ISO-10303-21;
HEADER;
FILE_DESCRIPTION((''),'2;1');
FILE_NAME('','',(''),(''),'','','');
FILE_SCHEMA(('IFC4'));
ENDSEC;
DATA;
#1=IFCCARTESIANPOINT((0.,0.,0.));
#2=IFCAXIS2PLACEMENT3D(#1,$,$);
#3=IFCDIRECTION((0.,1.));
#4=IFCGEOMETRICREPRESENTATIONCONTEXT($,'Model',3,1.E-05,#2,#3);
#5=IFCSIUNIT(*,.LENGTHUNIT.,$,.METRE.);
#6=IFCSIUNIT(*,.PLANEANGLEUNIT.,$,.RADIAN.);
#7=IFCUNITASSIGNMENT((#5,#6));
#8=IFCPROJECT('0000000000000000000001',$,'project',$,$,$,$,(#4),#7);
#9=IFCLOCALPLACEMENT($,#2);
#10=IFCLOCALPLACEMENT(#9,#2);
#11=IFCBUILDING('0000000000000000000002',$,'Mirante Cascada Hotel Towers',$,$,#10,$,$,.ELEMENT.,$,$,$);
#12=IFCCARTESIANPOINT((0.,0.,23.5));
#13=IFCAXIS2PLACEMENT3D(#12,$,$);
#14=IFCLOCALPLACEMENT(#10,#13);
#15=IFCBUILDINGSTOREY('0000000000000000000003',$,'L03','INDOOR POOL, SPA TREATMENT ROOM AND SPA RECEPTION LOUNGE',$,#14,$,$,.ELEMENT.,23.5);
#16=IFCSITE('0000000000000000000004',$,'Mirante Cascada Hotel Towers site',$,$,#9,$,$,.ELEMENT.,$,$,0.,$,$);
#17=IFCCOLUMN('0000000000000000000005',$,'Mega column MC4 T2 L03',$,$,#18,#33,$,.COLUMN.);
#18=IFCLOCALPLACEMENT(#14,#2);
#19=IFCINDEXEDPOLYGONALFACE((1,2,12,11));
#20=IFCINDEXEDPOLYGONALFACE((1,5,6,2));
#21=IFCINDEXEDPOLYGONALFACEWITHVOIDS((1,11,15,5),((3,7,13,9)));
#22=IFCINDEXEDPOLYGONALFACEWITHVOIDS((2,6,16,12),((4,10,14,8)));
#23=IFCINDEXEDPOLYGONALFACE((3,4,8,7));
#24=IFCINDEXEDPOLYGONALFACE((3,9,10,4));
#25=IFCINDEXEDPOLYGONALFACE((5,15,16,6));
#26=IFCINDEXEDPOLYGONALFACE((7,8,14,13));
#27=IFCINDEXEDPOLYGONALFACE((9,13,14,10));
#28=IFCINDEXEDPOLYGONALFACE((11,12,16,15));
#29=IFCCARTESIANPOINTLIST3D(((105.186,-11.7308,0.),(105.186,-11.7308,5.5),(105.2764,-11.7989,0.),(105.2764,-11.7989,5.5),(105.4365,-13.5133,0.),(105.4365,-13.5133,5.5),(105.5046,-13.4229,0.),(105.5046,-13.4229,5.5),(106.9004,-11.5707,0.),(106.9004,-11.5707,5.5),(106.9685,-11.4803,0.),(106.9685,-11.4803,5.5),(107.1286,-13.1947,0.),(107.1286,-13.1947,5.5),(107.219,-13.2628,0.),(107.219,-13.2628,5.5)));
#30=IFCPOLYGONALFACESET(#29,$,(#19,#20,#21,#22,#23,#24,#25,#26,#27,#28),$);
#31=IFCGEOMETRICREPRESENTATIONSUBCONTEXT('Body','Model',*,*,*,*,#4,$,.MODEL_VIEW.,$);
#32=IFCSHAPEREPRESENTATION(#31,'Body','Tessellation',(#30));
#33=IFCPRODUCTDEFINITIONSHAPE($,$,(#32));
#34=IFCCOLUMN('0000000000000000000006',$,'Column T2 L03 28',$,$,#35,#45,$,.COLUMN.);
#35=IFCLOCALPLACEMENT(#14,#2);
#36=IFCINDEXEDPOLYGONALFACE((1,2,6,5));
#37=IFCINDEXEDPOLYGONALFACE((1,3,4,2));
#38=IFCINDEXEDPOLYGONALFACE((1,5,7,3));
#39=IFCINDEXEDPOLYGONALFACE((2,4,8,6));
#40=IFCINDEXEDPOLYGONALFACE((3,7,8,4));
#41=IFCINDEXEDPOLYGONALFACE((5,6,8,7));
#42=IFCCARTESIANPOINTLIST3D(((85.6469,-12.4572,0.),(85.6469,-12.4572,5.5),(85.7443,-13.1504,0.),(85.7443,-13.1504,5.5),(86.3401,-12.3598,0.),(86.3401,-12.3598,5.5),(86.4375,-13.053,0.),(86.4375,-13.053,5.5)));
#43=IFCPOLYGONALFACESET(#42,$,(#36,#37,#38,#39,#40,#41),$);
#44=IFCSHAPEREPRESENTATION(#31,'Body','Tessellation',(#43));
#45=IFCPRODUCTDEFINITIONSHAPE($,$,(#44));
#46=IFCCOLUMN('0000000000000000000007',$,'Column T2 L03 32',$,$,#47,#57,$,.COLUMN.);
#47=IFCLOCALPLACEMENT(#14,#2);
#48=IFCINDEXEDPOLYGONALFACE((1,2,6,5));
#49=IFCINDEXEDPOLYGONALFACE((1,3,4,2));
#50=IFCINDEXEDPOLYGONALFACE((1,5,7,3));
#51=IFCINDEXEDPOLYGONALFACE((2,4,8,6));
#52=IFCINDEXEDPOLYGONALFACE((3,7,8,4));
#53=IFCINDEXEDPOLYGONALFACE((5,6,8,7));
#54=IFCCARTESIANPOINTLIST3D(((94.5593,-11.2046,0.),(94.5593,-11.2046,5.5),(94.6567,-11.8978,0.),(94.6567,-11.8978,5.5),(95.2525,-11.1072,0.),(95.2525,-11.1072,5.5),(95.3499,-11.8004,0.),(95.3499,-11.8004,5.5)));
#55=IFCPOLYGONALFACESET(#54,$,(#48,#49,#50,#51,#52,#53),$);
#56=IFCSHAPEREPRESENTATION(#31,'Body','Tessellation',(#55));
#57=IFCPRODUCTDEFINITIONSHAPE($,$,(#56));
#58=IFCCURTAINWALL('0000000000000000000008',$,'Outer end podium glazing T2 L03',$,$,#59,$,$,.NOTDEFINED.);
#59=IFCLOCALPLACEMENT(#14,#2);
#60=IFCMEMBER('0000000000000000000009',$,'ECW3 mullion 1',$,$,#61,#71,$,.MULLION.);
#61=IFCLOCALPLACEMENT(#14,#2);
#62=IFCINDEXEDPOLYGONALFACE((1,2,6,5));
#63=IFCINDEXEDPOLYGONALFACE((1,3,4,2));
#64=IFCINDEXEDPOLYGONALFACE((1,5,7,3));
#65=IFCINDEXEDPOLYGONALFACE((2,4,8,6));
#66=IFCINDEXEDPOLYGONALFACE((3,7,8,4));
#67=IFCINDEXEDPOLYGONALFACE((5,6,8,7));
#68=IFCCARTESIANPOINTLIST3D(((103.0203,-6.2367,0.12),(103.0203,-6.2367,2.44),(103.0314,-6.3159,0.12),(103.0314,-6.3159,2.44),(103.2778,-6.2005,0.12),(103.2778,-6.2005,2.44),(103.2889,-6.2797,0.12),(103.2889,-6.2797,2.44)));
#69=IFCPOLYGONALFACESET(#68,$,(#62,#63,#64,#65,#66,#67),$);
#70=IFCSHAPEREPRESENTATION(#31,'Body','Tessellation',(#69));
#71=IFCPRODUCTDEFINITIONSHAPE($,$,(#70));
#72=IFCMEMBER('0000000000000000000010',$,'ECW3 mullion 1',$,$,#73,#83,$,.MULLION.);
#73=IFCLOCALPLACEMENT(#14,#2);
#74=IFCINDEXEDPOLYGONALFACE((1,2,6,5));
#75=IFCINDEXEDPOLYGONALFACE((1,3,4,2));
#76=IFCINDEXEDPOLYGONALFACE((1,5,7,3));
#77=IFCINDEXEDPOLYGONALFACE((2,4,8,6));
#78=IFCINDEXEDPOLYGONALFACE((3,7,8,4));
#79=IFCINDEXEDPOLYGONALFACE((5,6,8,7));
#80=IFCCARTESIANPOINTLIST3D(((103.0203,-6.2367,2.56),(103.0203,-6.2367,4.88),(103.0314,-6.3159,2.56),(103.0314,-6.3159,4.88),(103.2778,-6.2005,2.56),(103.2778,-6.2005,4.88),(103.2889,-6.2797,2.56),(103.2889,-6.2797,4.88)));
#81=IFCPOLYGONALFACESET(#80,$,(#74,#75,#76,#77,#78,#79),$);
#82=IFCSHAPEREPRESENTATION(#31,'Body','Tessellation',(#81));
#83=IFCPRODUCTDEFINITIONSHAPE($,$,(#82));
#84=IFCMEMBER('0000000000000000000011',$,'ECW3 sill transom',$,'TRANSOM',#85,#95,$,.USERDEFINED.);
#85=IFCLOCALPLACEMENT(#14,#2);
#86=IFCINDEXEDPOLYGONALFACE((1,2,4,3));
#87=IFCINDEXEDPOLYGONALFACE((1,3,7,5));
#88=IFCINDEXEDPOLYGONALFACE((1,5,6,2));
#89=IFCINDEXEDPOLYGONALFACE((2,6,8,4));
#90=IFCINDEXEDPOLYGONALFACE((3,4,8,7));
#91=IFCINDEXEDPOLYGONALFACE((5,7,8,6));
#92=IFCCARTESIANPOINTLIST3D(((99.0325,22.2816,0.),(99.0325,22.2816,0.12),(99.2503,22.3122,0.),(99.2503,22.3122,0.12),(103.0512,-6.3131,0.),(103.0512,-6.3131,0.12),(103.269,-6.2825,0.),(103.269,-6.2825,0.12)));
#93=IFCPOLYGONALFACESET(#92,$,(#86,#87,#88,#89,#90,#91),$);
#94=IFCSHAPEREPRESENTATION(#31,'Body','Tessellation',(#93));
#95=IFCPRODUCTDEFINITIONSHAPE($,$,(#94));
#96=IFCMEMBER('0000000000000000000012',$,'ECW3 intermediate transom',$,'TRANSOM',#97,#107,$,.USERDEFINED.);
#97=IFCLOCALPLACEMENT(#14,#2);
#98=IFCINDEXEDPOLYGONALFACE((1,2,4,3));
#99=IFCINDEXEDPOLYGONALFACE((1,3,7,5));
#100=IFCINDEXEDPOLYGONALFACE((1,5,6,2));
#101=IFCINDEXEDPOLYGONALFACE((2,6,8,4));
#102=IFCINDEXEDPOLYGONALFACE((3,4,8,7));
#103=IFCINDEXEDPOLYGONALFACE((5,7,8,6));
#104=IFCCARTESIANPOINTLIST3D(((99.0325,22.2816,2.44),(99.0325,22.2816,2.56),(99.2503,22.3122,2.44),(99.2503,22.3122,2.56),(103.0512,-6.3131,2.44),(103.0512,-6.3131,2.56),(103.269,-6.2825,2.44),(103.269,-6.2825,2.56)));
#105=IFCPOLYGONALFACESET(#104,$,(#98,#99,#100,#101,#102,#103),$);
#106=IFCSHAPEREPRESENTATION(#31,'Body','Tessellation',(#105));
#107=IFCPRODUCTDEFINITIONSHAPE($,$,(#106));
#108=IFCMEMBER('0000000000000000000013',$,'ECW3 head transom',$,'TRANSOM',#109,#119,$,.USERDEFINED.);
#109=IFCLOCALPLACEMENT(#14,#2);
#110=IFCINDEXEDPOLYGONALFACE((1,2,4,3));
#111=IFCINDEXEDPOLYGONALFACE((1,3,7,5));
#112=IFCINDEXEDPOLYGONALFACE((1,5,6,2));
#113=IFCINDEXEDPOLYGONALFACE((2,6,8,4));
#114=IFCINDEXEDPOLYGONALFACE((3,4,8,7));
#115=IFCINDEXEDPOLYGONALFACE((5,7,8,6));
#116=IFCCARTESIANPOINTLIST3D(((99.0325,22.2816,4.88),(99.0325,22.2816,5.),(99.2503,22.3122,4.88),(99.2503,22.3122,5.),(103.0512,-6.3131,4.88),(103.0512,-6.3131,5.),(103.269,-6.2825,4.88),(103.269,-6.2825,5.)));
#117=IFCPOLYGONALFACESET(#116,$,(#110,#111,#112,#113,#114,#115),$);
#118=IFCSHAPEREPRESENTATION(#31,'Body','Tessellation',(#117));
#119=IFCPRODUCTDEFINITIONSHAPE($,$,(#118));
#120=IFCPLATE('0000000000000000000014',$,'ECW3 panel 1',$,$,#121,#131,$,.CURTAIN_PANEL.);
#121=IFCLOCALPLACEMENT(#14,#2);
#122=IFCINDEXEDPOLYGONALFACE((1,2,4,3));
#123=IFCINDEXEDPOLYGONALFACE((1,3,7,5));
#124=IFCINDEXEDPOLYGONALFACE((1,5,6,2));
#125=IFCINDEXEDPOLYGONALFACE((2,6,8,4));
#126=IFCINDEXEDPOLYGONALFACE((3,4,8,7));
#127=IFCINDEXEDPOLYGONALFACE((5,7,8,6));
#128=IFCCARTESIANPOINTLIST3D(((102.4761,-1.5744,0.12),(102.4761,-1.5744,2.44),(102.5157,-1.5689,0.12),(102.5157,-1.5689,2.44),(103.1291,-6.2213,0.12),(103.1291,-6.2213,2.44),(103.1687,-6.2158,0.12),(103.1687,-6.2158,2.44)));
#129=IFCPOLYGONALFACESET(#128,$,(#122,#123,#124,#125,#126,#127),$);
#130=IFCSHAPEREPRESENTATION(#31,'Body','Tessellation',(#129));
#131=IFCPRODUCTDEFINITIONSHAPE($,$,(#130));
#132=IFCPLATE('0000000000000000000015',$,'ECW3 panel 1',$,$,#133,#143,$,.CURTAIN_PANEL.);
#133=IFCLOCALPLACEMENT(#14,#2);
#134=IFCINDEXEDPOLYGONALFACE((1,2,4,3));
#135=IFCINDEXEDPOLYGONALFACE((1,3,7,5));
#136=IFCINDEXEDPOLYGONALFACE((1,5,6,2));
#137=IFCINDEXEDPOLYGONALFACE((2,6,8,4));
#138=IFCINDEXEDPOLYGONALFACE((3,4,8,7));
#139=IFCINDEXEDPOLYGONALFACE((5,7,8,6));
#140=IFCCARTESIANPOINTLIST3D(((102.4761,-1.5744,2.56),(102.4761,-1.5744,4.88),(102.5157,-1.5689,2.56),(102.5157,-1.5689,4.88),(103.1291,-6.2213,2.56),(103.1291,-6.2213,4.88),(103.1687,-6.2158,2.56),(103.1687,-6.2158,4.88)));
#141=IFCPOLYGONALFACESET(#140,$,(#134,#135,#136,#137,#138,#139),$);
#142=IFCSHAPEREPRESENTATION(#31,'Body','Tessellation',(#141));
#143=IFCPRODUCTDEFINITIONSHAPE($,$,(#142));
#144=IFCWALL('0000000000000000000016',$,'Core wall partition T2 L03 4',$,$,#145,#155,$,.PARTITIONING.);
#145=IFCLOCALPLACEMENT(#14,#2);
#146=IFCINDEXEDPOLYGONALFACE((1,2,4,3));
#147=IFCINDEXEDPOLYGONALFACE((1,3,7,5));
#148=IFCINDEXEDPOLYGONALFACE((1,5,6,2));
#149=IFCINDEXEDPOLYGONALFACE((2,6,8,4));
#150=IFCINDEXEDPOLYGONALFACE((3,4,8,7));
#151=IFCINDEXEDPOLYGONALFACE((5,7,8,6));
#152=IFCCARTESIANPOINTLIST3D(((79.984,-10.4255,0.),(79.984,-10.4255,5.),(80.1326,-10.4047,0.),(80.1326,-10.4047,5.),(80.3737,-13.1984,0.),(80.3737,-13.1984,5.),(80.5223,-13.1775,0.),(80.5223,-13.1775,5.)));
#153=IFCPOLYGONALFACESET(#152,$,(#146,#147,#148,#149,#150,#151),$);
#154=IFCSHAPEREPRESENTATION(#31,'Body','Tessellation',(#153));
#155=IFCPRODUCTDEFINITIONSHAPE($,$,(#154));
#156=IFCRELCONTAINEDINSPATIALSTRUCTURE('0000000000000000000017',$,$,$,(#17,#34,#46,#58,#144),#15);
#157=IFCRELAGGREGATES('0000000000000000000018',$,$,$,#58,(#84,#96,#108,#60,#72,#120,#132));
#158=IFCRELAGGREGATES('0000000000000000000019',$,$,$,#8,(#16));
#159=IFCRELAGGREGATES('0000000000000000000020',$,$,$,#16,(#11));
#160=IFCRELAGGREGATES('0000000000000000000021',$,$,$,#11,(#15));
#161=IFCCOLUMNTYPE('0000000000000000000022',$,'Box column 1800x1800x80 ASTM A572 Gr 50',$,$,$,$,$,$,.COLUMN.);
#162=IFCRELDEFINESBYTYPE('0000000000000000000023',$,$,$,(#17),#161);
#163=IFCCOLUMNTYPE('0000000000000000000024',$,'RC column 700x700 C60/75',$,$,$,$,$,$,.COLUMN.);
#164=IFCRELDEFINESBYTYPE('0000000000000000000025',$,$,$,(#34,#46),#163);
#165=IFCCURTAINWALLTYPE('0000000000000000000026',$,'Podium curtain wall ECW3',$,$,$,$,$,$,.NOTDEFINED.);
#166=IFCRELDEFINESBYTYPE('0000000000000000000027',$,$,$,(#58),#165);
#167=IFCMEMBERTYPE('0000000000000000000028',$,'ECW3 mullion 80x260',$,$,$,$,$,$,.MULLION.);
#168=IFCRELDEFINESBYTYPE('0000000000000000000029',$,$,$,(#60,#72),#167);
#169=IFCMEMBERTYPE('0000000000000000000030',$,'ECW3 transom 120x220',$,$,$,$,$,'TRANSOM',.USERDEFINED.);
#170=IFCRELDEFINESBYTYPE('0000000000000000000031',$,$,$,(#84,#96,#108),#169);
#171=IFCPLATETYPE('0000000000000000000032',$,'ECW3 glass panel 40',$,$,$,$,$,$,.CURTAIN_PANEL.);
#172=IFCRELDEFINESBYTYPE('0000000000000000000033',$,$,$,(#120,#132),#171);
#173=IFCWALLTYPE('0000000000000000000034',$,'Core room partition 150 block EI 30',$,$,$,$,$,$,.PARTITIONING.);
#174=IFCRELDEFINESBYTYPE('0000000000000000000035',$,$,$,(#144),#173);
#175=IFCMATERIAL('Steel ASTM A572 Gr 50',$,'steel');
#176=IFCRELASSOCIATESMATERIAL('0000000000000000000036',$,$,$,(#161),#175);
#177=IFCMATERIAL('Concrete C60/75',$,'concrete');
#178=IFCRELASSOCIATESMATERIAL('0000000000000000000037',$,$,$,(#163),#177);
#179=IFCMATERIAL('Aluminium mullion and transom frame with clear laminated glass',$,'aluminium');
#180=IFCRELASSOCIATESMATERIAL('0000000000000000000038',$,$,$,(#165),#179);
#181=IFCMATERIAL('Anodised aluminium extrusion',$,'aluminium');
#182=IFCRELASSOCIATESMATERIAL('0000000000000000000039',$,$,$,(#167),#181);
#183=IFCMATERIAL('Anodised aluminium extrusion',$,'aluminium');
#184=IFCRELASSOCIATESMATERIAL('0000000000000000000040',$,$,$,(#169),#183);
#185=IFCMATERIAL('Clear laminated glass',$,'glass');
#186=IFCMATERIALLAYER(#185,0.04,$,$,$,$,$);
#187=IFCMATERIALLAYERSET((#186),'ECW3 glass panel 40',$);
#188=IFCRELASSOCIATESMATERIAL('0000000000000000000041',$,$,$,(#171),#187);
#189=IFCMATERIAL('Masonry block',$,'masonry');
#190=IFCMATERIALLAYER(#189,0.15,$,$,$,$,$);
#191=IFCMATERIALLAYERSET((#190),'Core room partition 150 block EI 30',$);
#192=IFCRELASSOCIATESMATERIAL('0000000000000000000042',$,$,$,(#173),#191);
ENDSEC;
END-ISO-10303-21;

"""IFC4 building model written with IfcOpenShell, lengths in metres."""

from ifc_helpers import new_model, si_unit, direction, frame, frame_2d, origin, origin_2d, place, context, subcontext, project, spatial, rectangle, hollow_rectangle, extrude, material, layer, layer_set, material_profile, profile_set, type_object, element, aggregate, save


model = new_model("IFC4")

# Units and contexts
model_context = context("Model", 3, precision=1e-05, world=origin(), true_north=direction((0.0, 1.0)))
body_context = subcontext(model_context, "Body", "Model", "MODEL_VIEW")
ifc_project = project(units=[si_unit("LENGTHUNIT", "METRE"), si_unit("PLANEANGLEUNIT", "RADIAN")], contexts=[model_context])

# Site, building, storey
site_placement = place(None, origin())
site = spatial("IfcSite", under=ifc_project, at=site_placement, Name="Mirante Cascada Hotel Towers site", CompositionType="ELEMENT", RefElevation=0.0)
building_placement = place(site_placement, origin())
building = spatial("IfcBuilding", under=site, at=building_placement, Name="Mirante Cascada Hotel Towers", CompositionType="ELEMENT")
storey_placement = place(building_placement, frame((0.0, 0.0, 23.5)))
storey = spatial("IfcBuildingStorey", under=building, at=storey_placement, Name="L03", Description="INDOOR POOL, SPA TREATMENT ROOM AND SPA RECEPTION LOUNGE", CompositionType="ELEMENT", Elevation=23.5)

# Columns
ifc_material_1 = material(Name="Steel ASTM A572 Gr 50", Category="steel")
ifc_material_profile_1 = material_profile(ifc_material_1, hollow_rectangle(XDim=1.8, YDim=1.8, WallThickness=0.08, at=origin_2d()), Name="Box column 1800x1800x80 ASTM A572 Gr 50")
ifc_profile_set_1 = profile_set([ifc_material_profile_1], Name="Steel ASTM A572 Gr 50")
column_type_1 = type_object("IfcColumnType", Name="Box column 1800x1800x80 ASTM A572 Gr 50", PredefinedType="COLUMN", material=ifc_profile_set_1)
column_placement = place(storey_placement, frame((106.2025, -12.4968, 0.0), z_axis=(0.0, 0.0, 1.0), x_axis=(0.990268, 0.139173, 0.0)))
element("IfcColumn", 1, at=column_placement, inside=storey, type_object=column_type_1, Name="Mega column MC4 T2 L03", PredefinedType="COLUMN", context=body_context, shape_type="SweptSolid", body=[
    extrude(hollow_rectangle(XDim=1.8, YDim=1.8, WallThickness=0.08, at=origin_2d()), origin(), (0.0, 0.0, 1.0), 5.5),
])
ifc_material_2 = material(Name="Concrete C60/75", Category="concrete")
ifc_material_profile_2 = material_profile(ifc_material_2, rectangle(XDim=0.7, YDim=0.7, at=origin_2d()), Name="RC column 700x700 C60/75")
ifc_profile_set_2 = profile_set([ifc_material_profile_2], Name="Concrete C60/75")
column_type_2 = type_object("IfcColumnType", Name="RC column 700x700 C60/75", PredefinedType="COLUMN", material=ifc_profile_set_2)
for number, where, z_axis, x_axis, name in (
    (2, (86.0422, -12.7551, 0.0), (0.0, 0.0, 1.0), (0.990268, 0.139173, 0.0), "Column T2 L03 28"),
    (3, (94.9546, -11.5025, 0.0), (0.0, 0.0, 1.0), (0.990268, 0.139173, 0.0), "Column T2 L03 32"),
):
    element("IfcColumn", number, at=place(storey_placement, frame(where, z_axis=z_axis, x_axis=x_axis)), inside=storey, type_object=column_type_2, Name=name, PredefinedType="COLUMN", context=body_context, shape_type="SweptSolid", body=[
        extrude(rectangle(XDim=0.7, YDim=0.7, at=origin_2d()), origin(), (0.0, 0.0, 1.0), 5.5),
    ])

# Curtain wall, members, plates
ifc_material_3 = material(Name="Aluminium mullion and transom frame with clear laminated glass", Category="aluminium")
curtain_wall_type = type_object("IfcCurtainWallType", Name="Podium curtain wall ECW3", PredefinedType="NOTDEFINED", material=ifc_material_3)
curtain_wall_placement = place(storey_placement, origin())
curtain_wall = element("IfcCurtainWall", 4, at=curtain_wall_placement, inside=storey, type_object=curtain_wall_type, Name="Outer end podium glazing T2 L03", PredefinedType="NOTDEFINED")
ifc_material_4 = material(Name="Anodised aluminium extrusion", Category="aluminium")
ifc_material_profile_3 = material_profile(ifc_material_4, rectangle(XDim=0.26, YDim=0.08, at=origin_2d()), Name="ECW3 MULLION 80x260")
ifc_profile_set_3 = profile_set([ifc_material_profile_3], Name="Anodised aluminium extrusion")
member_type_1 = type_object("IfcMemberType", Name="ECW3 mullion 80x260", PredefinedType="MULLION", material=ifc_profile_set_3)
member_1_placement = place(storey_placement, frame((103.1546, -6.2582, 0.12), z_axis=(0.0, 0.0, 1.0), x_axis=(-0.990268, -0.139173, 0.0)))
member_1 = element("IfcMember", 5, at=member_1_placement, type_object=member_type_1, Name="ECW3 mullion 1", PredefinedType="MULLION", context=body_context, shape_type="SweptSolid", body=[
    extrude(rectangle(XDim=0.26, YDim=0.08, at=origin_2d()), origin(), (0.0, 0.0, 1.0), 2.32),
])
member_2_placement = place(storey_placement, frame((103.1546, -6.2582, 2.56), z_axis=(0.0, 0.0, 1.0), x_axis=(-0.990268, -0.139173, 0.0)))
member_2 = element("IfcMember", 6, at=member_2_placement, type_object=member_type_1, Name="ECW3 mullion 1", PredefinedType="MULLION", context=body_context, shape_type="SweptSolid", body=[
    extrude(rectangle(XDim=0.26, YDim=0.08, at=origin_2d()), origin(), (0.0, 0.0, 1.0), 2.32),
])
ifc_material_5 = material(Name="Anodised aluminium extrusion", Category="aluminium")
ifc_material_profile_4 = material_profile(ifc_material_5, rectangle(XDim=0.22, YDim=0.12, at=origin_2d()), Name="ECW3 TRANSOM 120x220")
ifc_profile_set_4 = profile_set([ifc_material_profile_4], Name="Anodised aluminium extrusion")
member_type_2 = type_object("IfcMemberType", Name="ECW3 transom 120x220", ElementType="TRANSOM", PredefinedType="USERDEFINED", material=ifc_profile_set_4)
member_3_placement = place(storey_placement, frame((103.1601, -6.2978, 0.06), z_axis=(-0.139172, 0.990268, 0.0), x_axis=(-0.990268, -0.139172, 0.0)))
member_3 = element("IfcMember", 7, at=member_3_placement, type_object=member_type_2, Name="ECW3 sill transom", ObjectType="TRANSOM", PredefinedType="USERDEFINED", context=body_context, shape_type="SweptSolid", body=[
    extrude(rectangle(XDim=0.22, YDim=0.12, at=origin_2d()), origin(), (0.0, 0.0, 1.0), 28.8757),
])
member_4_placement = place(storey_placement, frame((103.1601, -6.2978, 2.5), z_axis=(-0.139172, 0.990268, 0.0), x_axis=(-0.990268, -0.139172, 0.0)))
member_4 = element("IfcMember", 8, at=member_4_placement, type_object=member_type_2, Name="ECW3 intermediate transom", ObjectType="TRANSOM", PredefinedType="USERDEFINED", context=body_context, shape_type="SweptSolid", body=[
    extrude(rectangle(XDim=0.22, YDim=0.12, at=origin_2d()), origin(), (0.0, 0.0, 1.0), 28.8757),
])
member_5_placement = place(storey_placement, frame((103.1601, -6.2978, 4.94), z_axis=(-0.139172, 0.990268, 0.0), x_axis=(-0.990268, -0.139172, 0.0)))
member_5 = element("IfcMember", 9, at=member_5_placement, type_object=member_type_2, Name="ECW3 head transom", ObjectType="TRANSOM", PredefinedType="USERDEFINED", context=body_context, shape_type="SweptSolid", body=[
    extrude(rectangle(XDim=0.22, YDim=0.12, at=origin_2d()), origin(), (0.0, 0.0, 1.0), 28.8757),
])
ifc_material_6 = material(Name="Clear laminated glass", Category="glass")
ifc_layer_1 = layer(ifc_material_6, 0.04)
ifc_layer_set_1 = layer_set([ifc_layer_1], Name="ECW3 glass panel 40")
plate_type = type_object("IfcPlateType", Name="ECW3 glass panel 40", PredefinedType="CURTAIN_PANEL", material=ifc_layer_set_1)
plate_1_placement = place(storey_placement, frame((102.8224, -3.8951, 0.12), z_axis=(0.0, 0.0, 1.0), x_axis=(-0.139173, 0.990268, 0.0)))
plate_1 = element("IfcPlate", 10, at=plate_1_placement, type_object=plate_type, Name="ECW3 panel 1", PredefinedType="CURTAIN_PANEL", context=body_context, shape_type="SweptSolid", body=[
    extrude(rectangle(XDim=4.6926, YDim=0.04, at=origin_2d()), origin(), (0.0, 0.0, 1.0), 2.32),
])
plate_2_placement = place(storey_placement, frame((102.8224, -3.8951, 2.56), z_axis=(0.0, 0.0, 1.0), x_axis=(-0.139173, 0.990268, 0.0)))
plate_2 = element("IfcPlate", 11, at=plate_2_placement, type_object=plate_type, Name="ECW3 panel 1", PredefinedType="CURTAIN_PANEL", context=body_context, shape_type="SweptSolid", body=[
    extrude(rectangle(XDim=4.6926, YDim=0.04, at=origin_2d()), origin(), (0.0, 0.0, 1.0), 2.32),
])
aggregate(curtain_wall, [member_3, member_4, member_5, member_1, member_2, plate_1, plate_2])

# Wall
ifc_material_7 = material(Name="Masonry block", Category="masonry")
ifc_layer_2 = layer(ifc_material_7, 0.15)
ifc_layer_set_2 = layer_set([ifc_layer_2], Name="Core room partition 150 block EI 30")
wall_type_1 = type_object("IfcWallType", Name="Core room partition 150 block EI 30", PredefinedType="PARTITIONING", material=ifc_layer_set_2)
wall_1_placement = place(storey_placement, frame((80.448, -13.1879, 0.0), z_axis=(0.0, 0.0, 1.0), x_axis=(-0.139176, 0.990268, 0.0)))
element("IfcWall", 12, at=wall_1_placement, inside=storey, type_object=wall_type_1, Name="Core wall partition T2 L03 4", PredefinedType="PARTITIONING", context=body_context, shape_type="SweptSolid", body=[
    extrude(rectangle(XDim=2.8001, YDim=0.15, at=frame_2d((1.4, 0.0))), origin(), (0.0, 0.0, 1.0), 5.0),
])

save(model, "model.ifc")
